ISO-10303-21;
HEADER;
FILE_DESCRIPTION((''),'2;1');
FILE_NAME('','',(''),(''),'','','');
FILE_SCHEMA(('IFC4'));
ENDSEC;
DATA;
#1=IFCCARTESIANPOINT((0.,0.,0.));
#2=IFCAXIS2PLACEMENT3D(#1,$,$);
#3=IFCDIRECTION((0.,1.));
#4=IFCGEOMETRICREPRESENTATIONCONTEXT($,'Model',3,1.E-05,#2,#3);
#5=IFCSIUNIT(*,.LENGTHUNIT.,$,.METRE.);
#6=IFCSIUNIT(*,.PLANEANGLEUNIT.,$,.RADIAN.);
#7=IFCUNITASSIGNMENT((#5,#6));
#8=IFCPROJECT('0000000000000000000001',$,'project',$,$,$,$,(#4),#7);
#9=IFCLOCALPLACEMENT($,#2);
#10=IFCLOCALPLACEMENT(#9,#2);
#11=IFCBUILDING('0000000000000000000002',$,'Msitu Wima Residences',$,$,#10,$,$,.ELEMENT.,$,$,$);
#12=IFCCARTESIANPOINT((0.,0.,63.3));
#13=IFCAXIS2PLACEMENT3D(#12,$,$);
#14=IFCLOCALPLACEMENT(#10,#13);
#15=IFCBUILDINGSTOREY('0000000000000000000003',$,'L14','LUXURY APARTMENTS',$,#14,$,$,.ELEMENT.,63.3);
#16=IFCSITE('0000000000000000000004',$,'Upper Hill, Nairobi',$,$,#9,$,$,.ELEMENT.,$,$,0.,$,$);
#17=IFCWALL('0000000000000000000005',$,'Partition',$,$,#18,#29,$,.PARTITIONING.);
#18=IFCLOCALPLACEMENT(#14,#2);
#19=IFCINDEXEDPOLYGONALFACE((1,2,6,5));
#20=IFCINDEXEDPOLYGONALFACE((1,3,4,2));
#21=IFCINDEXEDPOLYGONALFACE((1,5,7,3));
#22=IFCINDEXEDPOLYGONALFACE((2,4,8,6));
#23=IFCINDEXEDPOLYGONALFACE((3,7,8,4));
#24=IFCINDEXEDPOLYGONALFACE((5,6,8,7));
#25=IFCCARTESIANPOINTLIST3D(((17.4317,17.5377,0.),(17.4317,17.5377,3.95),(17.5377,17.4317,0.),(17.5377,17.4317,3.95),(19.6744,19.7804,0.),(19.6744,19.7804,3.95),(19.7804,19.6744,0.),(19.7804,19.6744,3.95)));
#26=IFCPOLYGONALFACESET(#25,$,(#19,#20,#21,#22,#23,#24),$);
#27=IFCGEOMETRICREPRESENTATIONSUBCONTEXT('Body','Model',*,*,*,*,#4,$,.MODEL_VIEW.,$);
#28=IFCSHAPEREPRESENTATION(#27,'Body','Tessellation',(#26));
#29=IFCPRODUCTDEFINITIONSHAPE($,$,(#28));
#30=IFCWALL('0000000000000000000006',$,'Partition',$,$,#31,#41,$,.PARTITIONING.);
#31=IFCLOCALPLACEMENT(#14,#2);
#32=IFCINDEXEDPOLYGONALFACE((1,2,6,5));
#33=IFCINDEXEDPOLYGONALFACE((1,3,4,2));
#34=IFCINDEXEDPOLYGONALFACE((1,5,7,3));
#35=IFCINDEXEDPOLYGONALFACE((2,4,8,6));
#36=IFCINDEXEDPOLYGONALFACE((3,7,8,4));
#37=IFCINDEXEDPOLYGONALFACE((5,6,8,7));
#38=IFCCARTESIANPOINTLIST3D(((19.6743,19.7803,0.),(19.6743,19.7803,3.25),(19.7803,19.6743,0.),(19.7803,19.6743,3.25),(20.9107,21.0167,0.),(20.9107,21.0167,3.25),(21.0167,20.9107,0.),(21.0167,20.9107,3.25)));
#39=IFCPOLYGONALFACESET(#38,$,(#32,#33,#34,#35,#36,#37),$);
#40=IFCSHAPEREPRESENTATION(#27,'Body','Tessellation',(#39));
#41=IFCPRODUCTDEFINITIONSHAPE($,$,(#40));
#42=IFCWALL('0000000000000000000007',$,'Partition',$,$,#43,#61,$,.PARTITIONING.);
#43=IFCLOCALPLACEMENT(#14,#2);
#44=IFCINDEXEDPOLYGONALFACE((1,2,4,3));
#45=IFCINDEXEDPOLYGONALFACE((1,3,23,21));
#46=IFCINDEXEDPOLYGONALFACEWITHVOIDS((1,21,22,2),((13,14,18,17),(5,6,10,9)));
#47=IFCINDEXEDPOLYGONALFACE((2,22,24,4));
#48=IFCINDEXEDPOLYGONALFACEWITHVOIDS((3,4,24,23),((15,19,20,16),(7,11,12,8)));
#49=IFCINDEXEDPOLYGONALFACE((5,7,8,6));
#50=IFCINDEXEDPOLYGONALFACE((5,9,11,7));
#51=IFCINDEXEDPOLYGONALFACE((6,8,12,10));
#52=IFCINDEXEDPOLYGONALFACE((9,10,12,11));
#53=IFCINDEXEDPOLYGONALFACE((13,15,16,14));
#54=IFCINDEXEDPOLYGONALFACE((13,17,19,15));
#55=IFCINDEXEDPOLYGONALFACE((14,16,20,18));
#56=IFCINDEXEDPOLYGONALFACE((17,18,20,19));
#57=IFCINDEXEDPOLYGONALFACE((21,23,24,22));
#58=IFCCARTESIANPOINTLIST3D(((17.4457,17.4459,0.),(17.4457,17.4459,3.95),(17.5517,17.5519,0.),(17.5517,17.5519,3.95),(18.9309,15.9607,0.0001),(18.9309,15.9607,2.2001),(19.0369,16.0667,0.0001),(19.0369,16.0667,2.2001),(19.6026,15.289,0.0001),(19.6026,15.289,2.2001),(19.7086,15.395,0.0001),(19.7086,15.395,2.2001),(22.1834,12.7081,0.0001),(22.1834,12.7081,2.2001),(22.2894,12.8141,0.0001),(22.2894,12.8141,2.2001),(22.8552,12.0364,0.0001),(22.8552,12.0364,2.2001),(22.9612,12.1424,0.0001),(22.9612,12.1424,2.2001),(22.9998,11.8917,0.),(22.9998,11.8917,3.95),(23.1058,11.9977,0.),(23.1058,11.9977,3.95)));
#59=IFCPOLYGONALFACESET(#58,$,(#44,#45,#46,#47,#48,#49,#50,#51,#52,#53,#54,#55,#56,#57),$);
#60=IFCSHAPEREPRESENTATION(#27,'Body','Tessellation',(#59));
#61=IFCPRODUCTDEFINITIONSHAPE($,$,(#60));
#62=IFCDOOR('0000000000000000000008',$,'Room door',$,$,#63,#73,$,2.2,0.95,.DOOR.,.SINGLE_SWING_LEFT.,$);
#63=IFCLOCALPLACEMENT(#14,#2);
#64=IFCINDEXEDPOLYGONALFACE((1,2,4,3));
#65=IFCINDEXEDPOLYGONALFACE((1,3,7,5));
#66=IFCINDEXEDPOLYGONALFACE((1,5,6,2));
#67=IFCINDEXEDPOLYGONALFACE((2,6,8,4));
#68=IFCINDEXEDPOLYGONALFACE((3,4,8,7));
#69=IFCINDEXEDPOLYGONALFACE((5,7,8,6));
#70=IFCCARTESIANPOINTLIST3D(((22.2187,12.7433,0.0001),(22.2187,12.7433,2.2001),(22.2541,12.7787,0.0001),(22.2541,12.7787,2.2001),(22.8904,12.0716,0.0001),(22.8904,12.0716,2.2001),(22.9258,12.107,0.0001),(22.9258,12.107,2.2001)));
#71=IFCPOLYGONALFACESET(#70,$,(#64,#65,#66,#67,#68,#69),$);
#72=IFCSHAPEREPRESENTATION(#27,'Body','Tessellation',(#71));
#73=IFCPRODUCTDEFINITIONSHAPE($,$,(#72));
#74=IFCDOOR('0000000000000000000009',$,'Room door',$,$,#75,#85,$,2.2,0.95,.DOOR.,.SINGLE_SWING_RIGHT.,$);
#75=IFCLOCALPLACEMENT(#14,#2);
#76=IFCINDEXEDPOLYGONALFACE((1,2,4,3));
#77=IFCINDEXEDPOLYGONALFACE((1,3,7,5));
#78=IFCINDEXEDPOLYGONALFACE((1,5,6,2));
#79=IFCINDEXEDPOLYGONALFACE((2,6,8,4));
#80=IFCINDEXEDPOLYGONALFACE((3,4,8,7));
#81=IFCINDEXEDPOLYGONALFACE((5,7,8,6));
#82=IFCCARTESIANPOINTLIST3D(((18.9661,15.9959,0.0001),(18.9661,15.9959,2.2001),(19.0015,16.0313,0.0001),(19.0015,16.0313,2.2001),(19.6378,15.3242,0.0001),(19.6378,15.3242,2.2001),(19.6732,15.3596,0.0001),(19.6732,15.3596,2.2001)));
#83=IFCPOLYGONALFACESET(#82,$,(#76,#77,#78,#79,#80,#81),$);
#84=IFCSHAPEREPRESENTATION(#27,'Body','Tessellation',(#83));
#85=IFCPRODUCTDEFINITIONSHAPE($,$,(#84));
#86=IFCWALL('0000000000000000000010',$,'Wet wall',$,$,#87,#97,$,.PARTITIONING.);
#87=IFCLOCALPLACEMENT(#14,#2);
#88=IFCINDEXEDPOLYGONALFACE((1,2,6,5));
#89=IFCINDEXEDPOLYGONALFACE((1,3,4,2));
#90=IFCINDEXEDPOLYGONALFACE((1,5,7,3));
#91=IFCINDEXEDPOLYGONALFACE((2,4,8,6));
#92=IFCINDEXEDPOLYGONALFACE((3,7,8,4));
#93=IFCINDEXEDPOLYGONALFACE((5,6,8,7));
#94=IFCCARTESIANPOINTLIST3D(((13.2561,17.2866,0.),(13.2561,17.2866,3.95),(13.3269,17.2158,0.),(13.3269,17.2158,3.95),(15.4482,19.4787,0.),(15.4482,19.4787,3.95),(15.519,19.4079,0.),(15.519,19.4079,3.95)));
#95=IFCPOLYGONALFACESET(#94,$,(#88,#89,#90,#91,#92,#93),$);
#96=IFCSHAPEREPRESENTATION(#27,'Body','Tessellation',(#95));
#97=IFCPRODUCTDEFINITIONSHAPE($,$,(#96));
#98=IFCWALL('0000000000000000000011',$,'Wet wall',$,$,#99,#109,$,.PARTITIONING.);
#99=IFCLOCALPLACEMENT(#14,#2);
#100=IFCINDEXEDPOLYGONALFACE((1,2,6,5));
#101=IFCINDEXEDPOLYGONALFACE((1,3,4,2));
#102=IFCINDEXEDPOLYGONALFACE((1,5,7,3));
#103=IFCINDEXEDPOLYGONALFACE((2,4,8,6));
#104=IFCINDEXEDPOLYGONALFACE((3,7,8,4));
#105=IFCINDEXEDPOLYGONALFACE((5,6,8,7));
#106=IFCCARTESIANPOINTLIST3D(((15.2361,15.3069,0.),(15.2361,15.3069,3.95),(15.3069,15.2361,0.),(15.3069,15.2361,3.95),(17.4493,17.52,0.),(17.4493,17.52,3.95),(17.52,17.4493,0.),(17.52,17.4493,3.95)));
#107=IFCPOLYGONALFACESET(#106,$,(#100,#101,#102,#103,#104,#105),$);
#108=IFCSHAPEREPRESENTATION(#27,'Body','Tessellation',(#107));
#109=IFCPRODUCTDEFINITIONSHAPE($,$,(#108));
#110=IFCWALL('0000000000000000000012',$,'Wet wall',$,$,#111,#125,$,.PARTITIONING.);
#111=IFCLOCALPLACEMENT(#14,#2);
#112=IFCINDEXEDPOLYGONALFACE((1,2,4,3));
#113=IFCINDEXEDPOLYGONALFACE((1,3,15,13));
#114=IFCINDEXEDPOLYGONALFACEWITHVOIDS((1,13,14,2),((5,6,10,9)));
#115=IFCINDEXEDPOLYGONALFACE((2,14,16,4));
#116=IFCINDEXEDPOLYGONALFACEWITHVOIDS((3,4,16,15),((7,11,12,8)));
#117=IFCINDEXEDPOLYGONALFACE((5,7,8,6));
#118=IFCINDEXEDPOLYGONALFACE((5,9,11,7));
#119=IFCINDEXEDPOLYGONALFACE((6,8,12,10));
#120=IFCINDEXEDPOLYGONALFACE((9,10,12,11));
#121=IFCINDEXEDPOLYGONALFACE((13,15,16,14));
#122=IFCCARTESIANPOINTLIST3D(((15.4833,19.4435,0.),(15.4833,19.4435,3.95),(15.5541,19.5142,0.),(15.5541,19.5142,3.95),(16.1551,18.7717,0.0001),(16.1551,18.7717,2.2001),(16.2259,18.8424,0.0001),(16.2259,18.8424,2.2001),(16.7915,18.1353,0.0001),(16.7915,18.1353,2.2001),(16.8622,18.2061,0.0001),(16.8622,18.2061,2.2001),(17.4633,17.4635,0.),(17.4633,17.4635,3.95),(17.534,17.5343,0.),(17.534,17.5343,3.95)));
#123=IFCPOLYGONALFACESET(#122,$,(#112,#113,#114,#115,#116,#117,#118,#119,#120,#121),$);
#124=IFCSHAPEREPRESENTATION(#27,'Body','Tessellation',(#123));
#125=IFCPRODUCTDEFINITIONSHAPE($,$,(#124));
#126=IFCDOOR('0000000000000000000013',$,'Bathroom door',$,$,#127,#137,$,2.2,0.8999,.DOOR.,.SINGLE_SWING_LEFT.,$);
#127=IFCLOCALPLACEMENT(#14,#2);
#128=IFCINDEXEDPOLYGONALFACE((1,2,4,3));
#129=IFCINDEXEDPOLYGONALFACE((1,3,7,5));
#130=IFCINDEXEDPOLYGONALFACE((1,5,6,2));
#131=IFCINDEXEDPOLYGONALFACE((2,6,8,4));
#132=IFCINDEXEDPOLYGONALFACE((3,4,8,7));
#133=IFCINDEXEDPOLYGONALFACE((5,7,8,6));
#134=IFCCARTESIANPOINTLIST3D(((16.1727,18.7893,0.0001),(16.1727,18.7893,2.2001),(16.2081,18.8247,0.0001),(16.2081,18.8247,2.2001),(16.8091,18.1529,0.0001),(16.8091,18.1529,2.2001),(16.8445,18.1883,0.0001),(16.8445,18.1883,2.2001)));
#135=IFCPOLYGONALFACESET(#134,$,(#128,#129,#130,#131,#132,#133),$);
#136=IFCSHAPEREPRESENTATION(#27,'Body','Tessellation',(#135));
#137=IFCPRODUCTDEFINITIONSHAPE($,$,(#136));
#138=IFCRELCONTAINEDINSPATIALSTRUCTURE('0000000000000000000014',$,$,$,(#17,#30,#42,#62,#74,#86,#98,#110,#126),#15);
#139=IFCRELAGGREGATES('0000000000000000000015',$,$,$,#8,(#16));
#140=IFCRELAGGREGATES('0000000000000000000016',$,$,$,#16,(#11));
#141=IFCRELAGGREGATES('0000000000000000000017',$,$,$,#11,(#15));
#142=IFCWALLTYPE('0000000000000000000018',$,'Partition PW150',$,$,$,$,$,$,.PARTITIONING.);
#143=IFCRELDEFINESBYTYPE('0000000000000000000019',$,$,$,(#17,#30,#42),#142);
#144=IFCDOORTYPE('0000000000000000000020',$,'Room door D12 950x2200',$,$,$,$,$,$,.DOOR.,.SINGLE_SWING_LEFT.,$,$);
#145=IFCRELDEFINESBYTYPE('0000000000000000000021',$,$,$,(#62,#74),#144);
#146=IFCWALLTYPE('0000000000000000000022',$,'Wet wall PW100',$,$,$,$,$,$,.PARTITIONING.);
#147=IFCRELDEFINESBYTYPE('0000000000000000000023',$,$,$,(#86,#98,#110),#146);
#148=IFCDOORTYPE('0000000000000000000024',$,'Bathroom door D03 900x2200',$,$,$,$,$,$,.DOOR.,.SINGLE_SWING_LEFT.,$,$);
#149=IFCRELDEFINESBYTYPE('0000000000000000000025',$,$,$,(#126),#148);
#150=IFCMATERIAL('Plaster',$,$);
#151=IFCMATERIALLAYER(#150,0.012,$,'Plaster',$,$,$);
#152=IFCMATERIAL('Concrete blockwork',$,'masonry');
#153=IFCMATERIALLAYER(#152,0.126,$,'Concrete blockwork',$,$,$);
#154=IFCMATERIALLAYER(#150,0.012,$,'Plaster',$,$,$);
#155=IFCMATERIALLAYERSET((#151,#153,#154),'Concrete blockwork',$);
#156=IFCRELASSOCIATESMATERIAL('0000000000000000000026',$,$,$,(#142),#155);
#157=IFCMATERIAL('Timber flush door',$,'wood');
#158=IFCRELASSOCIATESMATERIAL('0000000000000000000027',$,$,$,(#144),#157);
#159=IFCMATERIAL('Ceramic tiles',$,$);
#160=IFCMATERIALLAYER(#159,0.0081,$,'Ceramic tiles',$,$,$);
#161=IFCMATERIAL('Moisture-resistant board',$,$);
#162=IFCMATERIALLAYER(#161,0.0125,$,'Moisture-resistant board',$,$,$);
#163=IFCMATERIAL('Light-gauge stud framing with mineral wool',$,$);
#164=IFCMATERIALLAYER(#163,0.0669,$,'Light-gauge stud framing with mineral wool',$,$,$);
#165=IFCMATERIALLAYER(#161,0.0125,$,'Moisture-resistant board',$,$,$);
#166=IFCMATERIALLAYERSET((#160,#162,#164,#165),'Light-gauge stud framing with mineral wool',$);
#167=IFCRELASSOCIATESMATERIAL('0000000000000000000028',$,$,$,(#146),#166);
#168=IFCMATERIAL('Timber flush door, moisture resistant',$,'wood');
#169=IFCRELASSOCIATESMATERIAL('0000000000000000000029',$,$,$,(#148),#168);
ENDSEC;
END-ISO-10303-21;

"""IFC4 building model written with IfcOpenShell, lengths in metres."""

from ifc_helpers import new_model, si_unit, direction, frame, frame_2d, origin, place, context, subcontext, project, spatial, rectangle, extrude, material, layer, layer_set, type_object, element, fill, save


model = new_model("IFC4")

# Units and contexts
model_context = context("Model", 3, precision=1e-05, world=origin(), true_north=direction((0.0, 1.0)))
body_context = subcontext(model_context, "Body", "Model", "MODEL_VIEW")
ifc_project = project(units=[si_unit("LENGTHUNIT", "METRE"), si_unit("PLANEANGLEUNIT", "RADIAN")], contexts=[model_context])

# Site, building, storey
site_placement = place(None, origin())
site = spatial("IfcSite", under=ifc_project, at=site_placement, Name="Upper Hill, Nairobi", CompositionType="ELEMENT", RefElevation=0.0)
building_placement = place(site_placement, origin())
building = spatial("IfcBuilding", under=site, at=building_placement, Name="Msitu Wima Residences", CompositionType="ELEMENT")
storey_placement = place(building_placement, frame((0.0, 0.0, 63.3)))
storey = spatial("IfcBuildingStorey", under=building, at=storey_placement, Name="L14", Description="LUXURY APARTMENTS", CompositionType="ELEMENT", Elevation=63.3)

# Walls
ifc_material_1 = material(Name="Plaster")
ifc_layer_1 = layer(ifc_material_1, 0.012, Name="Plaster")
ifc_material_2 = material(Name="Concrete blockwork", Category="masonry")
ifc_layer_2 = layer(ifc_material_2, 0.126, Name="Concrete blockwork")
ifc_layer_3 = layer(ifc_material_1, 0.012, Name="Plaster")
ifc_layer_set_1 = layer_set([ifc_layer_1, ifc_layer_2, ifc_layer_3], Name="Concrete blockwork")
wall_type_1 = type_object("IfcWallType", Name="Partition PW150", PredefinedType="PARTITIONING", material=ifc_layer_set_1)
wall_1_placement = place(storey_placement, frame((17.4846, 17.4846, 0.0), z_axis=(0.0, 0.0, 1.0), x_axis=(0.707107, 0.707107, 0.0)))
element("IfcWall", 1, at=wall_1_placement, inside=storey, type_object=wall_type_1, Name="Partition", PredefinedType="PARTITIONING", context=body_context, shape_type="SweptSolid", body=[
    extrude(rectangle(XDim=3.1716, YDim=0.1499, at=frame_2d((1.5859, 0.0))), origin(), (0.0, 0.0, 1.0), 3.95),
])
wall_2_placement = place(storey_placement, frame((19.7273, 19.7273, 0.0), z_axis=(0.0, 0.0, 1.0), x_axis=(0.707107, 0.707107, 0.0)))
element("IfcWall", 2, at=wall_2_placement, inside=storey, type_object=wall_type_1, Name="Partition", PredefinedType="PARTITIONING", context=body_context, shape_type="SweptSolid", body=[
    extrude(rectangle(XDim=1.7485, YDim=0.1499, at=frame_2d((0.8743, 0.0))), origin(), (0.0, 0.0, 1.0), 3.25),
])

# Wall, openings, doors
wall_3_placement = place(storey_placement, frame((17.4988, 17.4988, 0.0), z_axis=(0.0, 0.0, 1.0), x_axis=(0.707107, -0.707107, 0.0)))
wall_3 = element("IfcWall", 3, at=wall_3_placement, inside=storey, type_object=wall_type_1, Name="Partition", PredefinedType="PARTITIONING", context=body_context, shape_type="SweptSolid", body=[
    extrude(rectangle(XDim=7.8547, YDim=0.1499, at=frame_2d((3.9272, 0.0))), origin(), (0.0, 0.0, 1.0), 3.95),
])
opening_1_placement = place(wall_3_placement, frame((6.7, 0.0, 0.0)))
opening_1 = element("IfcOpeningElement", 4, at=opening_1_placement, cuts=wall_3, PredefinedType="OPENING", context=body_context, shape_type="SweptSolid", body=[
    extrude(rectangle(XDim=0.95, YDim=2.2, at=frame_2d((0.4751, 1.1001))), frame((0.0, 0.085, 0.0), z_axis=(0.0, -1.0, 0.0), x_axis=(1.0, 0.0, 0.0)), (0.0, 0.0, 1.0), 0.1699),
])
opening_2_placement = place(wall_3_placement, frame((2.1001, 0.0, 0.0)))
opening_2 = element("IfcOpeningElement", 5, at=opening_2_placement, cuts=wall_3, PredefinedType="OPENING", context=body_context, shape_type="SweptSolid", body=[
    extrude(rectangle(XDim=0.95, YDim=2.2, at=frame_2d((0.4751, 1.1001))), frame((0.0, 0.085, 0.0), z_axis=(0.0, -1.0, 0.0), x_axis=(1.0, 0.0, 0.0)), (0.0, 0.0, 1.0), 0.1699),
])
ifc_material_3 = material(Name="Timber flush door", Category="wood")
door_type_1 = type_object("IfcDoorType", Name="Room door D12 950x2200", OperationType="SINGLE_SWING_LEFT", PredefinedType="DOOR", material=ifc_material_3)
door_1_placement = place(opening_1_placement, origin())
door_1 = element("IfcDoor", 6, at=door_1_placement, inside=storey, type_object=door_type_1, Name="Room door", OperationType="SINGLE_SWING_LEFT", OverallHeight=2.2, OverallWidth=0.95, PredefinedType="DOOR", context=body_context, shape_type="SweptSolid", body=[
    extrude(rectangle(XDim=0.95, YDim=2.2, at=frame_2d((0.4751, 1.1001))), frame((0.0, 0.0249, 0.0), z_axis=(0.0, -1.0, 0.0), x_axis=(1.0, 0.0, 0.0)), (0.0, 0.0, 1.0), 0.05),
])
fill(opening_1, door_1)
door_2_placement = place(opening_2_placement, origin())
door_2 = element("IfcDoor", 7, at=door_2_placement, inside=storey, type_object=door_type_1, Name="Room door", OperationType="SINGLE_SWING_RIGHT", OverallHeight=2.2, OverallWidth=0.95, PredefinedType="DOOR", context=body_context, shape_type="SweptSolid", body=[
    extrude(rectangle(XDim=0.95, YDim=2.2, at=frame_2d((0.4751, 1.1001))), frame((0.0, 0.0249, 0.0), z_axis=(0.0, -1.0, 0.0), x_axis=(1.0, 0.0, 0.0)), (0.0, 0.0, 1.0), 0.05),
])
fill(opening_2, door_2)

# Walls
ifc_material_4 = material(Name="Ceramic tiles")
ifc_layer_4 = layer(ifc_material_4, 0.0081, Name="Ceramic tiles")
ifc_material_5 = material(Name="Moisture-resistant board")
ifc_layer_5 = layer(ifc_material_5, 0.0125, Name="Moisture-resistant board")
ifc_material_6 = material(Name="Light-gauge stud framing with mineral wool")
ifc_layer_6 = layer(ifc_material_6, 0.0669, Name="Light-gauge stud framing with mineral wool")
ifc_layer_7 = layer(ifc_material_5, 0.0125, Name="Moisture-resistant board")
ifc_layer_set_2 = layer_set([ifc_layer_4, ifc_layer_5, ifc_layer_6, ifc_layer_7], Name="Light-gauge stud framing with mineral wool")
wall_type_2 = type_object("IfcWallType", Name="Wet wall PW100", PredefinedType="PARTITIONING", material=ifc_layer_set_2)
wall_4_placement = place(storey_placement, frame((13.2915, 17.2512, 0.0), z_axis=(0.0, 0.0, 1.0), x_axis=(0.707107, 0.707107, 0.0)))
element("IfcWall", 8, at=wall_4_placement, inside=storey, type_object=wall_type_2, Name="Wet wall", PredefinedType="PARTITIONING", context=body_context, shape_type="SweptSolid", body=[
    extrude(rectangle(XDim=3.1001, YDim=0.1001, at=frame_2d((1.55, 0.0))), origin(), (0.0, 0.0, 1.0), 3.95),
])
wall_5_placement = place(storey_placement, frame((15.2715, 15.2715, 0.0), z_axis=(0.0, 0.0, 1.0), x_axis=(0.707107, 0.707107, 0.0)))
element("IfcWall", 9, at=wall_5_placement, inside=storey, type_object=wall_type_2, Name="Wet wall", PredefinedType="PARTITIONING", context=body_context, shape_type="SweptSolid", body=[
    extrude(rectangle(XDim=3.1299, YDim=0.1001, at=frame_2d((1.5649, 0.0))), origin(), (0.0, 0.0, 1.0), 3.95),
])

# Wall, opening, door
wall_6_placement = place(storey_placement, frame((15.5188, 19.4788, 0.0), z_axis=(0.0, 0.0, 1.0), x_axis=(0.707107, -0.707107, 0.0)))
wall_6 = element("IfcWall", 10, at=wall_6_placement, inside=storey, type_object=wall_type_2, Name="Wet wall", PredefinedType="PARTITIONING", context=body_context, shape_type="SweptSolid", body=[
    extrude(rectangle(XDim=2.8, YDim=0.1001, at=frame_2d((1.3999, 0.0))), origin(), (0.0, 0.0, 1.0), 3.95),
])
opening_3_placement = place(wall_6_placement, frame((0.95, 0.0, 0.0)))
opening_3 = element("IfcOpeningElement", 11, at=opening_3_placement, cuts=wall_6, PredefinedType="OPENING", context=body_context, shape_type="SweptSolid", body=[
    extrude(rectangle(XDim=0.8999, YDim=2.2, at=frame_2d((0.45, 1.1001))), frame((0.0, 0.0601, 0.0), z_axis=(0.0, -1.0, 0.0), x_axis=(1.0, 0.0, 0.0)), (0.0, 0.0, 1.0), 0.1201),
])
ifc_material_7 = material(Name="Timber flush door, moisture resistant", Category="wood")
door_type_2 = type_object("IfcDoorType", Name="Bathroom door D03 900x2200", OperationType="SINGLE_SWING_LEFT", PredefinedType="DOOR", material=ifc_material_7)
door_3_placement = place(opening_3_placement, origin())
door_3 = element("IfcDoor", 12, at=door_3_placement, inside=storey, type_object=door_type_2, Name="Bathroom door", OperationType="SINGLE_SWING_LEFT", OverallHeight=2.2, OverallWidth=0.8999, PredefinedType="DOOR", context=body_context, shape_type="SweptSolid", body=[
    extrude(rectangle(XDim=0.8999, YDim=2.2, at=frame_2d((0.45, 1.1001))), frame((0.0, 0.0249, 0.0), z_axis=(0.0, -1.0, 0.0), x_axis=(1.0, 0.0, 0.0)), (0.0, 0.0, 1.0), 0.05),
])
fill(opening_3, door_3)

save(model, "model.ifc")
